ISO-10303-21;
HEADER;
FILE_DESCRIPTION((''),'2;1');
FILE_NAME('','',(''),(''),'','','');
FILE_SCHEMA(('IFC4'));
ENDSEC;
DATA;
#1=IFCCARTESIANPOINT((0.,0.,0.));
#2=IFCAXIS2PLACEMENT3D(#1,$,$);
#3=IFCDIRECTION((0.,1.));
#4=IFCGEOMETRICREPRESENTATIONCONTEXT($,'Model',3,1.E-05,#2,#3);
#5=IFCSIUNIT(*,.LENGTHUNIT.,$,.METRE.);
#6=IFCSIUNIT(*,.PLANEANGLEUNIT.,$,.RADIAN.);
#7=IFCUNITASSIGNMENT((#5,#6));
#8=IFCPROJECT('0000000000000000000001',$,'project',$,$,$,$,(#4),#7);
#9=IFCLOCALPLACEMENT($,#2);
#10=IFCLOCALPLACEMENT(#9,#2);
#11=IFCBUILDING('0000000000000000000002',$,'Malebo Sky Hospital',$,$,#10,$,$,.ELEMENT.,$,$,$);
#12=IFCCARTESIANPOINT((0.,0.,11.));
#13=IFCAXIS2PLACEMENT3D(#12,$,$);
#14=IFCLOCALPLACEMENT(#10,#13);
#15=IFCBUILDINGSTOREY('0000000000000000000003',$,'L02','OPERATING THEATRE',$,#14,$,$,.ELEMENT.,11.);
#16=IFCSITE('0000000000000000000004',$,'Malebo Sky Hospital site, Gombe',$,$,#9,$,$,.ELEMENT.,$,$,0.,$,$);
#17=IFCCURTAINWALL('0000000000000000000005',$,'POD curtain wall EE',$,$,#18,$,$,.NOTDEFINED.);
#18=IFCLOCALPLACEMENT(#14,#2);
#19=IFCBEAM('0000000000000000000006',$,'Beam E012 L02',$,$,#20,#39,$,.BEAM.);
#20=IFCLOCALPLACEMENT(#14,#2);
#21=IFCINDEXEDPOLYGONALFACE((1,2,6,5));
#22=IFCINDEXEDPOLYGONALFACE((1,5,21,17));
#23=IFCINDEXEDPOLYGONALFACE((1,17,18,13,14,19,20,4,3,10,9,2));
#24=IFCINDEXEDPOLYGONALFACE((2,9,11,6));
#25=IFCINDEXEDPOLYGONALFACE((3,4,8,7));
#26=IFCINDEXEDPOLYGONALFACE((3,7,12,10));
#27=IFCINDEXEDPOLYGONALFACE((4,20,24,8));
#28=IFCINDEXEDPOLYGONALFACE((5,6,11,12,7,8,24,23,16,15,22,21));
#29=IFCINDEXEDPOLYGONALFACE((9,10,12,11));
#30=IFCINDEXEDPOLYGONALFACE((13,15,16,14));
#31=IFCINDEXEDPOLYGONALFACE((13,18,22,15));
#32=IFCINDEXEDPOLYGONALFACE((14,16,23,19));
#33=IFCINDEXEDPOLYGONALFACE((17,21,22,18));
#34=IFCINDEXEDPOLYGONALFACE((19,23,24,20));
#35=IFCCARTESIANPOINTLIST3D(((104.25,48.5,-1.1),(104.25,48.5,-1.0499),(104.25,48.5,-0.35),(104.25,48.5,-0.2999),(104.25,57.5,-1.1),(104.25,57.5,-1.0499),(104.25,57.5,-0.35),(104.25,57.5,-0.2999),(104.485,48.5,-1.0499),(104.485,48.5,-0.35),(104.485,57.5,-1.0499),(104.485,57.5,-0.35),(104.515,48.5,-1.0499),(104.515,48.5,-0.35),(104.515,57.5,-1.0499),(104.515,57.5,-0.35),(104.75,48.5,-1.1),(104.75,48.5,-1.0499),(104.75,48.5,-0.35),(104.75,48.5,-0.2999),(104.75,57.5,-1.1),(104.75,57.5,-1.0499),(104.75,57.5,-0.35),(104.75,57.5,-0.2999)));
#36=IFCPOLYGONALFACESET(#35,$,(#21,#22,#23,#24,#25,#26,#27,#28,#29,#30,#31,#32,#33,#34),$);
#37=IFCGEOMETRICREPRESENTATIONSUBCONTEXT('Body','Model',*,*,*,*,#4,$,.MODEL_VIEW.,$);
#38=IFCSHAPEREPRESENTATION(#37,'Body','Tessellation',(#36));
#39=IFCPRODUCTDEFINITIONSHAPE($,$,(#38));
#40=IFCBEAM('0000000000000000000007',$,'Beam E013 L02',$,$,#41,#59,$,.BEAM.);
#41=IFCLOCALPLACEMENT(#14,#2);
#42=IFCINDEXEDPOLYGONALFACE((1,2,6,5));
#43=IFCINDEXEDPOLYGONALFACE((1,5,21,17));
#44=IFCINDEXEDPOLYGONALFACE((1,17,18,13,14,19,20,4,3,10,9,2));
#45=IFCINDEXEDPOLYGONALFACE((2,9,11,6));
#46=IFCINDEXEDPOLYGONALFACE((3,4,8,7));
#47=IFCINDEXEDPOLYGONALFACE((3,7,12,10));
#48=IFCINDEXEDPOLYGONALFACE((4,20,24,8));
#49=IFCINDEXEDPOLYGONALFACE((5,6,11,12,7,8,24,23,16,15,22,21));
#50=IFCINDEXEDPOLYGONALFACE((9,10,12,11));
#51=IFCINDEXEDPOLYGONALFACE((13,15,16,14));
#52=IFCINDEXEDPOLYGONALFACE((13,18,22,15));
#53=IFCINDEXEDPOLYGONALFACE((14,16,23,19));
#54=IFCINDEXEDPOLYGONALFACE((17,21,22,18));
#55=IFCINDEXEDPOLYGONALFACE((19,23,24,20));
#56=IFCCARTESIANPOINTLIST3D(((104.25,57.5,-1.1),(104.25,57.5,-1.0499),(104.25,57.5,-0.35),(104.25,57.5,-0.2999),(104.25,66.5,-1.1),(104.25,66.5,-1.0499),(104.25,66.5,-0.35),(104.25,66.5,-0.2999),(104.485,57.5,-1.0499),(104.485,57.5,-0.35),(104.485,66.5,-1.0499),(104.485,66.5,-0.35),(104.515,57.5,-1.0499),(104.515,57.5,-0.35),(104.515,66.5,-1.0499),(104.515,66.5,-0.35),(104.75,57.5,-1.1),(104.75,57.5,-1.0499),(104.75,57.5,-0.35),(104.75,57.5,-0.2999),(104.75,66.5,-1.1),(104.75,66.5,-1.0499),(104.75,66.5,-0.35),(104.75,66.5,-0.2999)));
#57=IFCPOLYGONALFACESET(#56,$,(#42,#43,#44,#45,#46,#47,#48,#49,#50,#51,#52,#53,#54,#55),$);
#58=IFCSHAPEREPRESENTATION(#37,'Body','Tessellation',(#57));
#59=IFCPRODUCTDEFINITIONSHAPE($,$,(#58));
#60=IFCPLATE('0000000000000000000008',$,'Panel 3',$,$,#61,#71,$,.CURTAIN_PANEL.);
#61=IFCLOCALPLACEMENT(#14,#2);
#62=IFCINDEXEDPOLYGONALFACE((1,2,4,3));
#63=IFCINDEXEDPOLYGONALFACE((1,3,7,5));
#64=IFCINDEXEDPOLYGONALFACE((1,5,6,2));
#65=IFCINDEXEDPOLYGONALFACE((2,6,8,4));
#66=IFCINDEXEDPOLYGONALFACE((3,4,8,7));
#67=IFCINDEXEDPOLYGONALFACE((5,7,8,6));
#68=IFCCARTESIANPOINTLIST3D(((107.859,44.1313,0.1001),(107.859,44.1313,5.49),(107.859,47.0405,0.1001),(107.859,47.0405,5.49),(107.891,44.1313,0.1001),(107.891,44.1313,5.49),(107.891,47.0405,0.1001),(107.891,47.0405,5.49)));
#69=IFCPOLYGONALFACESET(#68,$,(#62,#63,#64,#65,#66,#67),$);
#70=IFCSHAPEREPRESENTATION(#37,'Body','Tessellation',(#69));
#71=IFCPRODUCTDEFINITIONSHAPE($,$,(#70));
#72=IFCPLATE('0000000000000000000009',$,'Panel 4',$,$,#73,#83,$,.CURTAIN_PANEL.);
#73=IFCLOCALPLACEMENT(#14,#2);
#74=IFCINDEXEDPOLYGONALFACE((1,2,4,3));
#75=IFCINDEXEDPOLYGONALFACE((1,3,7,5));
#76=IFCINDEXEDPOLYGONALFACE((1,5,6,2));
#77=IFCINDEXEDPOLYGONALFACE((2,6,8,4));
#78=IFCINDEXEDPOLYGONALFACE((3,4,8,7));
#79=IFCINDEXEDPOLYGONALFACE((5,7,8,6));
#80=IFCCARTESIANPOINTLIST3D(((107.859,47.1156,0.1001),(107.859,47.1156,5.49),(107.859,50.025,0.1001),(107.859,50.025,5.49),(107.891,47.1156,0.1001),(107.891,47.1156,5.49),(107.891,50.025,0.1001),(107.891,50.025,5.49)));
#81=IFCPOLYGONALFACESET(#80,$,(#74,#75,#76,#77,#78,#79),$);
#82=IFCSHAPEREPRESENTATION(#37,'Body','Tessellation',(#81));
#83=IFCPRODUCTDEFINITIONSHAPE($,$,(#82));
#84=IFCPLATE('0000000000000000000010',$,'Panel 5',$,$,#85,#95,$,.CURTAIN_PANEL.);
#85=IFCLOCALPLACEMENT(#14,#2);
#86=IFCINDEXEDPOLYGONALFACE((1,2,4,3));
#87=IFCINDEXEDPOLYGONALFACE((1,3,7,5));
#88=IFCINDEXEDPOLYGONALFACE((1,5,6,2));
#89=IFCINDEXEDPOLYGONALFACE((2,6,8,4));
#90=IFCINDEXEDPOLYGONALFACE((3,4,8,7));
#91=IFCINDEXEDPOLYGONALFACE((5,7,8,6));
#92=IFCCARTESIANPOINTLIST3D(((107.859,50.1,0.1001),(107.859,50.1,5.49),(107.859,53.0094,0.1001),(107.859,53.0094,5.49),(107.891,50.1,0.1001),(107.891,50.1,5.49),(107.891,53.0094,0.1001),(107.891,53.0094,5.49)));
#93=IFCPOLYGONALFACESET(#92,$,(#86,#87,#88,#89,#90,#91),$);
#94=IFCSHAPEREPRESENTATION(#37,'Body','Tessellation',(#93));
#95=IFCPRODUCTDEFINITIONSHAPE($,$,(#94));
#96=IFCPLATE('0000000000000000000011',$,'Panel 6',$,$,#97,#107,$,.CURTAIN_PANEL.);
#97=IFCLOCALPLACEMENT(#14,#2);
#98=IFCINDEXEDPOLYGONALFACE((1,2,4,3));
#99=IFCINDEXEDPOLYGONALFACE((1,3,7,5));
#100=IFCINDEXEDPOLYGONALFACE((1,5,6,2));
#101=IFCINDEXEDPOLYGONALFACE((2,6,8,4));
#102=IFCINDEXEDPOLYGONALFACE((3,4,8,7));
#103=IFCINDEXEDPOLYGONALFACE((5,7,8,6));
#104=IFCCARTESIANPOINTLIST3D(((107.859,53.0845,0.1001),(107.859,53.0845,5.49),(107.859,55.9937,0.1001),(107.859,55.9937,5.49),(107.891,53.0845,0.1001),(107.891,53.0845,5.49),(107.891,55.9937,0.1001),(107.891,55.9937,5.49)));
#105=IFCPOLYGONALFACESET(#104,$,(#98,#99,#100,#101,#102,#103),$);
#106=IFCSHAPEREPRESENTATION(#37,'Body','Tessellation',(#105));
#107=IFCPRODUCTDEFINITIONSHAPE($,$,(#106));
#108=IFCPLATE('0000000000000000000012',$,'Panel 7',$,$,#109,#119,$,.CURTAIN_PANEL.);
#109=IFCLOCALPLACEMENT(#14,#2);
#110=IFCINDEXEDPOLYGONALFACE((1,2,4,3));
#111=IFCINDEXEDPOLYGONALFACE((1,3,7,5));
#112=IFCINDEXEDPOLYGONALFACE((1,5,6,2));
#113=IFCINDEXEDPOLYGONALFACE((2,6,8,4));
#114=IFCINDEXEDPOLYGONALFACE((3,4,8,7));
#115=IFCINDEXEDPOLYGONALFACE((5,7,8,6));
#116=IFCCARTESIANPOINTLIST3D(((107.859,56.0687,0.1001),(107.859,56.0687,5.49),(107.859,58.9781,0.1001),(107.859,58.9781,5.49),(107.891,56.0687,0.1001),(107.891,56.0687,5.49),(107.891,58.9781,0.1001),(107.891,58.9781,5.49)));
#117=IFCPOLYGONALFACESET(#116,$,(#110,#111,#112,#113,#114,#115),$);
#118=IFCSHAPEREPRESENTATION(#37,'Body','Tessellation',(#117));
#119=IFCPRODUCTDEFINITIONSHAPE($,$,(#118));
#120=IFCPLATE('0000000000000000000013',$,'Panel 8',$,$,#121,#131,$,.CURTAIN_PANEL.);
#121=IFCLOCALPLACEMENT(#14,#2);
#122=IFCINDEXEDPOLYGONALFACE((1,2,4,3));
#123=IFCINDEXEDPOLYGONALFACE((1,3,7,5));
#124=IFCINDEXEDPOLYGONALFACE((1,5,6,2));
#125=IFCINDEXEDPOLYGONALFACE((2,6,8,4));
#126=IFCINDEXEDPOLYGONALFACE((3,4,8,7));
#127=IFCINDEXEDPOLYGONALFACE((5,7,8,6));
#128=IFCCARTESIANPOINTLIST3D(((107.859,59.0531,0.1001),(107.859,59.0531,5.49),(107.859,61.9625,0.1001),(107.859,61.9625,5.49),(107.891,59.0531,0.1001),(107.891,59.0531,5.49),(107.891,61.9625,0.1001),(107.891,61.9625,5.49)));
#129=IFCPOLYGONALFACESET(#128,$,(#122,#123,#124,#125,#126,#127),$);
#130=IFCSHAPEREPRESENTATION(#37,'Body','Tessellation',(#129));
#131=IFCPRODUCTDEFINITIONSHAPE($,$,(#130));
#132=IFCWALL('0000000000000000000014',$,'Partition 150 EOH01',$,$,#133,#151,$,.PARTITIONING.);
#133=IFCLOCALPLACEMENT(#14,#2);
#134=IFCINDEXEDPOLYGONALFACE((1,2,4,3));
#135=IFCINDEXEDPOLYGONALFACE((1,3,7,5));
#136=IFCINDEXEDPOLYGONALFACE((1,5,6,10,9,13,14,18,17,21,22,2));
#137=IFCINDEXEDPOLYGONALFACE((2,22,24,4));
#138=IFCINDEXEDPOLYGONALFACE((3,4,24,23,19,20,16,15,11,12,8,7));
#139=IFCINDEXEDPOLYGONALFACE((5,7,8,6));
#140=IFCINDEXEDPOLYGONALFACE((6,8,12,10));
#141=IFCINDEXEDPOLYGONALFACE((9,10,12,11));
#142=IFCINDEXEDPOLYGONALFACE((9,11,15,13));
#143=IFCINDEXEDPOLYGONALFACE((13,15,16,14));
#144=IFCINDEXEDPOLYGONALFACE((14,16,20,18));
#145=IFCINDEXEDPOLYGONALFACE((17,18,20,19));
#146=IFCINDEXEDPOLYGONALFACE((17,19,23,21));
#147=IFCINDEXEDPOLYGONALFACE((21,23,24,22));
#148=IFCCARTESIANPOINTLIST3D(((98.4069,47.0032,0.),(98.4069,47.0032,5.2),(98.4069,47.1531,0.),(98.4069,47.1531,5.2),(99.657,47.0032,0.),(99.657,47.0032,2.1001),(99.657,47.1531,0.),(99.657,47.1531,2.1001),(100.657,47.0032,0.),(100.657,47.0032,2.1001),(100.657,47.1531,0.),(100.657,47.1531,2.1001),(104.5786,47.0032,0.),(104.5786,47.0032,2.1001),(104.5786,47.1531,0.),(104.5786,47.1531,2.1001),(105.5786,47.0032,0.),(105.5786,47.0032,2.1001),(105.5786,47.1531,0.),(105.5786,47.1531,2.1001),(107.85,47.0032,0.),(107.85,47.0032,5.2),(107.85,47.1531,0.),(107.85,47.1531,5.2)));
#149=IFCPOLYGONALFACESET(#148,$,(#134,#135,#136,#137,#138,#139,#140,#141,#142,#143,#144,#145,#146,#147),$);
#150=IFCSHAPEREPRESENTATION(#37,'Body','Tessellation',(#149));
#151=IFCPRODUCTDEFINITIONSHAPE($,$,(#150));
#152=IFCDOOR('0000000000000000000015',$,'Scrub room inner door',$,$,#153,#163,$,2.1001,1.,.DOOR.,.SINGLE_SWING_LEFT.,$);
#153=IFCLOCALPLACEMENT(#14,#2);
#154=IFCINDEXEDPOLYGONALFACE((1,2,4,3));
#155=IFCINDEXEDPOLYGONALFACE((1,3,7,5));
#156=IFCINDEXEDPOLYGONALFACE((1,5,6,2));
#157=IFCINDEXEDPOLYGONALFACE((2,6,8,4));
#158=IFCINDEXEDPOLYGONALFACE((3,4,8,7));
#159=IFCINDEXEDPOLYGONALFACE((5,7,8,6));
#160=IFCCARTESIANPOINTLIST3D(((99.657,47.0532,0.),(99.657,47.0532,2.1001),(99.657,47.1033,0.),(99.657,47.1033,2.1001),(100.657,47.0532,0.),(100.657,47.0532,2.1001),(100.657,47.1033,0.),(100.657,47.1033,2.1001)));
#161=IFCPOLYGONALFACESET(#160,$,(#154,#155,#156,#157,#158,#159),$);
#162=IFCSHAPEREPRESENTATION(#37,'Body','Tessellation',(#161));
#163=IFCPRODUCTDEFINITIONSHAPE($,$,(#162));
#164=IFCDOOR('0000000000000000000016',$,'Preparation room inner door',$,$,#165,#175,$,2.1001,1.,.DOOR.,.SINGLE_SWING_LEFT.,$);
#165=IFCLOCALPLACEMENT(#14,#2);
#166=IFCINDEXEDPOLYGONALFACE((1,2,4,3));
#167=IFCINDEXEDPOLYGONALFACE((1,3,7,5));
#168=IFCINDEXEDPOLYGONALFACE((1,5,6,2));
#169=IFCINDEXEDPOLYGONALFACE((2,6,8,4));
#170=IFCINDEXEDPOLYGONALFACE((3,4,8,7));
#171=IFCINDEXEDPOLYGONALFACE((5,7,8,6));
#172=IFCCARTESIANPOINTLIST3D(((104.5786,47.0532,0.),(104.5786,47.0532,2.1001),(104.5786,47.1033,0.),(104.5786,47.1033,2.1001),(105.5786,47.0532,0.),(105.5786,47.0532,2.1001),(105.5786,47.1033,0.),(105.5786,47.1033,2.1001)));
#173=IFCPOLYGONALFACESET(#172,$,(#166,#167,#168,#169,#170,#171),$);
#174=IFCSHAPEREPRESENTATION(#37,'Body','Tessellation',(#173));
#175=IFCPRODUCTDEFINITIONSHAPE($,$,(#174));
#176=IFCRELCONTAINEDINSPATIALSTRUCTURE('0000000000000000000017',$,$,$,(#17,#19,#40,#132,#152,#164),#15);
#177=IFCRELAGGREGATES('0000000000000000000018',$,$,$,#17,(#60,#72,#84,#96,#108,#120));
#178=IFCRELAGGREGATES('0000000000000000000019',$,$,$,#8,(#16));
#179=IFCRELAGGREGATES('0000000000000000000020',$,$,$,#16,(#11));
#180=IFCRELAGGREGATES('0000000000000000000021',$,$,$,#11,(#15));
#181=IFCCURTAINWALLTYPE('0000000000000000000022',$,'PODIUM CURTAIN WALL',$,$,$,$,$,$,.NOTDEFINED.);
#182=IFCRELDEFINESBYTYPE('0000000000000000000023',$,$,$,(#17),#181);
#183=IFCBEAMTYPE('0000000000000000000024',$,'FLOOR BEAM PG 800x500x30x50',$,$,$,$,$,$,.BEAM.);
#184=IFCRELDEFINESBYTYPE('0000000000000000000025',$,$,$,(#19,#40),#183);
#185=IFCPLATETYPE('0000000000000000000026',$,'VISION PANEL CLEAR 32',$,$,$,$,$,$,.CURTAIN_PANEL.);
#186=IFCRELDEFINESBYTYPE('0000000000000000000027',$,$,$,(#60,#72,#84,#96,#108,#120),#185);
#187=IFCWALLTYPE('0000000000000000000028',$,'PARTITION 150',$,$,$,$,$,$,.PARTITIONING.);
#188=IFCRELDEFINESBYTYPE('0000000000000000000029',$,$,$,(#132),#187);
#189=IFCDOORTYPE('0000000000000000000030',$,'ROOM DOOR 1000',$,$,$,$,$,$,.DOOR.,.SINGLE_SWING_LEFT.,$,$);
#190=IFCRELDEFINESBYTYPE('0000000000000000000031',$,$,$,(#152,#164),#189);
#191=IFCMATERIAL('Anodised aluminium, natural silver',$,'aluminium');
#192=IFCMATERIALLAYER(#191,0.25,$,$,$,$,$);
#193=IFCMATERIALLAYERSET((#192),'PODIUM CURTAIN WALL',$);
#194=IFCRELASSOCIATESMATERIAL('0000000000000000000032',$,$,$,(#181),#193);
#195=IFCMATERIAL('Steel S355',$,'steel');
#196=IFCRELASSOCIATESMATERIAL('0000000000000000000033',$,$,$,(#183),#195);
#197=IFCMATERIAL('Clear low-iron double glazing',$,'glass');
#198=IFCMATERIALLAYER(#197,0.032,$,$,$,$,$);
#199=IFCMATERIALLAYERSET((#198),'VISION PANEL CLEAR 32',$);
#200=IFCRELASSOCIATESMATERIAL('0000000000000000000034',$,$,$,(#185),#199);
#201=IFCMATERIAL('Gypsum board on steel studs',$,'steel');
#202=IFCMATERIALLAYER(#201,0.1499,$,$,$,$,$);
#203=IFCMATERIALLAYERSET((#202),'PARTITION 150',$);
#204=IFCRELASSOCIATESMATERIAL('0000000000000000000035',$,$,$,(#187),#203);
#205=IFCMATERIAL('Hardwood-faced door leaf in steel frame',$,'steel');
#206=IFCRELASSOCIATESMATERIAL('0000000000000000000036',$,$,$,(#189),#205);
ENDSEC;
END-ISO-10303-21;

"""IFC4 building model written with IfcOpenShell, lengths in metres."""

from ifc_helpers import new_model, si_unit, direction, frame, frame_2d, origin, origin_2d, place, context, subcontext, project, spatial, rectangle, i_section, extrude, material, layer, layer_set, material_profile, profile_set, type_object, element, fill, aggregate, save


model = new_model("IFC4")

# Units and contexts
model_context = context("Model", 3, precision=1e-05, world=origin(), true_north=direction((0.0, 1.0)))
body_context = subcontext(model_context, "Body", "Model", "MODEL_VIEW")
ifc_project = project(units=[si_unit("LENGTHUNIT", "METRE"), si_unit("PLANEANGLEUNIT", "RADIAN")], contexts=[model_context])

# Site, building, storey
site_placement = place(None, origin())
site = spatial("IfcSite", under=ifc_project, at=site_placement, Name="Malebo Sky Hospital site, Gombe", CompositionType="ELEMENT", RefElevation=0.0)
building_placement = place(site_placement, origin())
building = spatial("IfcBuilding", under=site, at=building_placement, Name="Malebo Sky Hospital", CompositionType="ELEMENT")
storey_placement = place(building_placement, frame((0.0, 0.0, 11.0)))
storey = spatial("IfcBuildingStorey", under=building, at=storey_placement, Name="L02", Description="OPERATING THEATRE", CompositionType="ELEMENT", Elevation=11.0)

# Shared definitions
ifc_material_1 = material(Name="Steel S355", Category="steel")

# Curtain wall
ifc_material_2 = material(Name="Anodised aluminium, natural silver", Category="aluminium")
ifc_layer_1 = layer(ifc_material_2, 0.25)
ifc_layer_set_1 = layer_set([ifc_layer_1], Name="PODIUM CURTAIN WALL")
curtain_wall_type = type_object("IfcCurtainWallType", Name="PODIUM CURTAIN WALL", PredefinedType="NOTDEFINED", material=ifc_layer_set_1)
curtain_wall_placement = place(storey_placement, origin())
curtain_wall = element("IfcCurtainWall", 1, at=curtain_wall_placement, inside=storey, type_object=curtain_wall_type, Name="POD curtain wall EE", PredefinedType="NOTDEFINED")

# Beams
ifc_material_profile_1 = material_profile(ifc_material_1, i_section(OverallWidth=0.5, OverallDepth=0.8, WebThickness=0.03, FlangeThickness=0.05, at=origin_2d()), Name="PG 800x500x30x50")
ifc_profile_set_1 = profile_set([ifc_material_profile_1], Name="Steel S355")
beam_type = type_object("IfcBeamType", Name="FLOOR BEAM PG 800x500x30x50", PredefinedType="BEAM", material=ifc_profile_set_1)
for number, where, z_axis, x_axis, name in (
    (2, (104.5, 48.5, -0.7), (0.0, 1.0, 0.0), (-1.0, 0.0, 0.0), "Beam E012 L02"),
    (3, (104.5, 57.5, -0.7), (0.0, 1.0, 0.0), (-1.0, 0.0, 0.0), "Beam E013 L02"),
):
    element("IfcBeam", number, at=place(storey_placement, frame(where, z_axis=z_axis, x_axis=x_axis)), inside=storey, type_object=beam_type, Name=name, PredefinedType="BEAM", context=body_context, shape_type="SweptSolid", body=[
        extrude(i_section(OverallWidth=0.5, OverallDepth=0.8, WebThickness=0.03, FlangeThickness=0.05, at=origin_2d()), origin(), (0.0, 0.0, 1.0), 9.0),
    ])

# Plates
ifc_material_3 = material(Name="Clear low-iron double glazing", Category="glass")
ifc_layer_2 = layer(ifc_material_3, 0.032)
ifc_layer_set_2 = layer_set([ifc_layer_2], Name="VISION PANEL CLEAR 32")
plate_type = type_object("IfcPlateType", Name="VISION PANEL CLEAR 32", PredefinedType="CURTAIN_PANEL", material=ifc_layer_set_2)
plate_1_placement = place(storey_placement, frame((107.875, 45.5859, 0.1001), z_axis=(0.0, 0.0, 1.0), x_axis=(0.0, 1.0, 0.0)))
plate_1 = element("IfcPlate", 4, at=plate_1_placement, type_object=plate_type, Name="Panel 3", PredefinedType="CURTAIN_PANEL", context=body_context, shape_type="SweptSolid", body=[
    extrude(rectangle(XDim=2.9092, YDim=0.032, at=origin_2d()), origin(), (0.0, 0.0, 1.0), 5.3899),
])
plate_2_placement = place(storey_placement, frame((107.875, 48.5703, 0.1001), z_axis=(0.0, 0.0, 1.0), x_axis=(0.0, 1.0, 0.0)))
plate_2 = element("IfcPlate", 5, at=plate_2_placement, type_object=plate_type, Name="Panel 4", PredefinedType="CURTAIN_PANEL", context=body_context, shape_type="SweptSolid", body=[
    extrude(rectangle(XDim=2.9094, YDim=0.032, at=origin_2d()), origin(), (0.0, 0.0, 1.0), 5.3899),
])
plate_3_placement = place(storey_placement, frame((107.875, 51.5547, 0.1001), z_axis=(0.0, 0.0, 1.0), x_axis=(0.0, 1.0, 0.0)))
plate_3 = element("IfcPlate", 6, at=plate_3_placement, type_object=plate_type, Name="Panel 5", PredefinedType="CURTAIN_PANEL", context=body_context, shape_type="SweptSolid", body=[
    extrude(rectangle(XDim=2.9094, YDim=0.032, at=origin_2d()), origin(), (0.0, 0.0, 1.0), 5.3899),
])
plate_4_placement = place(storey_placement, frame((107.875, 54.5391, 0.1001), z_axis=(0.0, 0.0, 1.0), x_axis=(0.0, 1.0, 0.0)))
plate_4 = element("IfcPlate", 7, at=plate_4_placement, type_object=plate_type, Name="Panel 6", PredefinedType="CURTAIN_PANEL", context=body_context, shape_type="SweptSolid", body=[
    extrude(rectangle(XDim=2.9092, YDim=0.032, at=origin_2d()), origin(), (0.0, 0.0, 1.0), 5.3899),
])
plate_5_placement = place(storey_placement, frame((107.875, 57.5234, 0.1001), z_axis=(0.0, 0.0, 1.0), x_axis=(0.0, 1.0, 0.0)))
plate_5 = element("IfcPlate", 8, at=plate_5_placement, type_object=plate_type, Name="Panel 7", PredefinedType="CURTAIN_PANEL", context=body_context, shape_type="SweptSolid", body=[
    extrude(rectangle(XDim=2.9094, YDim=0.032, at=origin_2d()), origin(), (0.0, 0.0, 1.0), 5.3899),
])
plate_6_placement = place(storey_placement, frame((107.875, 60.5078, 0.1001), z_axis=(0.0, 0.0, 1.0), x_axis=(0.0, 1.0, 0.0)))
plate_6 = element("IfcPlate", 9, at=plate_6_placement, type_object=plate_type, Name="Panel 8", PredefinedType="CURTAIN_PANEL", context=body_context, shape_type="SweptSolid", body=[
    extrude(rectangle(XDim=2.9094, YDim=0.032, at=origin_2d()), origin(), (0.0, 0.0, 1.0), 5.3899),
])
aggregate(curtain_wall, [plate_1, plate_2, plate_3, plate_4, plate_5, plate_6])

# Wall, openings, doors
ifc_material_4 = material(Name="Gypsum board on steel studs", Category="steel")
ifc_layer_3 = layer(ifc_material_4, 0.1499)
ifc_layer_set_3 = layer_set([ifc_layer_3], Name="PARTITION 150")
wall_type_1 = type_object("IfcWallType", Name="PARTITION 150", PredefinedType="PARTITIONING", material=ifc_layer_set_3)
wall_1_placement = place(storey_placement, frame((107.8501, 47.0781, 0.0), z_axis=(0.0, 0.0, 1.0), x_axis=(-1.0, 0.0, 0.0)))
wall_1 = element("IfcWall", 10, at=wall_1_placement, inside=storey, type_object=wall_type_1, Name="Partition 150 EOH01", PredefinedType="PARTITIONING", context=body_context, shape_type="SweptSolid", body=[
    extrude(rectangle(XDim=9.4431, YDim=0.1499, at=frame_2d((4.7217, 0.0))), origin(), (0.0, 0.0, 1.0), 5.2),
])
opening_1_placement = place(wall_1_placement, frame((7.1931, 0.0, 0.0)))
opening_1 = element("IfcOpeningElement", 11, at=opening_1_placement, cuts=wall_1, PredefinedType="OPENING", context=body_context, shape_type="SweptSolid", body=[
    extrude(rectangle(XDim=1.0, YDim=2.1001, at=frame_2d((0.5, 1.05))), frame((0.0, 0.085, 0.0), z_axis=(0.0, -1.0, 0.0), x_axis=(1.0, 0.0, 0.0)), (0.0, 0.0, 1.0), 0.1699),
])
opening_2_placement = place(wall_1_placement, frame((2.2715, 0.0, 0.0)))
opening_2 = element("IfcOpeningElement", 12, at=opening_2_placement, cuts=wall_1, PredefinedType="OPENING", context=body_context, shape_type="SweptSolid", body=[
    extrude(rectangle(XDim=1.0, YDim=2.1001, at=frame_2d((0.5, 1.05))), frame((0.0, 0.085, 0.0), z_axis=(0.0, -1.0, 0.0), x_axis=(1.0, 0.0, 0.0)), (0.0, 0.0, 1.0), 0.1699),
])
ifc_material_5 = material(Name="Hardwood-faced door leaf in steel frame", Category="steel")
door_type_1 = type_object("IfcDoorType", Name="ROOM DOOR 1000", OperationType="SINGLE_SWING_LEFT", PredefinedType="DOOR", material=ifc_material_5)
door_1_placement = place(opening_1_placement, origin())
door_1 = element("IfcDoor", 13, at=door_1_placement, inside=storey, type_object=door_type_1, Name="Scrub room inner door", OperationType="SINGLE_SWING_LEFT", OverallHeight=2.1001, OverallWidth=1.0, PredefinedType="DOOR", context=body_context, shape_type="SweptSolid", body=[
    extrude(rectangle(XDim=1.0, YDim=2.1001, at=frame_2d((0.5, 1.05))), frame((0.0, 0.0249, 0.0), z_axis=(0.0, -1.0, 0.0), x_axis=(1.0, 0.0, 0.0)), (0.0, 0.0, 1.0), 0.05),
])
fill(opening_1, door_1)
door_2_placement = place(opening_2_placement, origin())
door_2 = element("IfcDoor", 14, at=door_2_placement, inside=storey, type_object=door_type_1, Name="Preparation room inner door", OperationType="SINGLE_SWING_LEFT", OverallHeight=2.1001, OverallWidth=1.0, PredefinedType="DOOR", context=body_context, shape_type="SweptSolid", body=[
    extrude(rectangle(XDim=1.0, YDim=2.1001, at=frame_2d((0.5, 1.05))), frame((0.0, 0.0249, 0.0), z_axis=(0.0, -1.0, 0.0), x_axis=(1.0, 0.0, 0.0)), (0.0, 0.0, 1.0), 0.05),
])
fill(opening_2, door_2)

save(model, "model.ifc")
